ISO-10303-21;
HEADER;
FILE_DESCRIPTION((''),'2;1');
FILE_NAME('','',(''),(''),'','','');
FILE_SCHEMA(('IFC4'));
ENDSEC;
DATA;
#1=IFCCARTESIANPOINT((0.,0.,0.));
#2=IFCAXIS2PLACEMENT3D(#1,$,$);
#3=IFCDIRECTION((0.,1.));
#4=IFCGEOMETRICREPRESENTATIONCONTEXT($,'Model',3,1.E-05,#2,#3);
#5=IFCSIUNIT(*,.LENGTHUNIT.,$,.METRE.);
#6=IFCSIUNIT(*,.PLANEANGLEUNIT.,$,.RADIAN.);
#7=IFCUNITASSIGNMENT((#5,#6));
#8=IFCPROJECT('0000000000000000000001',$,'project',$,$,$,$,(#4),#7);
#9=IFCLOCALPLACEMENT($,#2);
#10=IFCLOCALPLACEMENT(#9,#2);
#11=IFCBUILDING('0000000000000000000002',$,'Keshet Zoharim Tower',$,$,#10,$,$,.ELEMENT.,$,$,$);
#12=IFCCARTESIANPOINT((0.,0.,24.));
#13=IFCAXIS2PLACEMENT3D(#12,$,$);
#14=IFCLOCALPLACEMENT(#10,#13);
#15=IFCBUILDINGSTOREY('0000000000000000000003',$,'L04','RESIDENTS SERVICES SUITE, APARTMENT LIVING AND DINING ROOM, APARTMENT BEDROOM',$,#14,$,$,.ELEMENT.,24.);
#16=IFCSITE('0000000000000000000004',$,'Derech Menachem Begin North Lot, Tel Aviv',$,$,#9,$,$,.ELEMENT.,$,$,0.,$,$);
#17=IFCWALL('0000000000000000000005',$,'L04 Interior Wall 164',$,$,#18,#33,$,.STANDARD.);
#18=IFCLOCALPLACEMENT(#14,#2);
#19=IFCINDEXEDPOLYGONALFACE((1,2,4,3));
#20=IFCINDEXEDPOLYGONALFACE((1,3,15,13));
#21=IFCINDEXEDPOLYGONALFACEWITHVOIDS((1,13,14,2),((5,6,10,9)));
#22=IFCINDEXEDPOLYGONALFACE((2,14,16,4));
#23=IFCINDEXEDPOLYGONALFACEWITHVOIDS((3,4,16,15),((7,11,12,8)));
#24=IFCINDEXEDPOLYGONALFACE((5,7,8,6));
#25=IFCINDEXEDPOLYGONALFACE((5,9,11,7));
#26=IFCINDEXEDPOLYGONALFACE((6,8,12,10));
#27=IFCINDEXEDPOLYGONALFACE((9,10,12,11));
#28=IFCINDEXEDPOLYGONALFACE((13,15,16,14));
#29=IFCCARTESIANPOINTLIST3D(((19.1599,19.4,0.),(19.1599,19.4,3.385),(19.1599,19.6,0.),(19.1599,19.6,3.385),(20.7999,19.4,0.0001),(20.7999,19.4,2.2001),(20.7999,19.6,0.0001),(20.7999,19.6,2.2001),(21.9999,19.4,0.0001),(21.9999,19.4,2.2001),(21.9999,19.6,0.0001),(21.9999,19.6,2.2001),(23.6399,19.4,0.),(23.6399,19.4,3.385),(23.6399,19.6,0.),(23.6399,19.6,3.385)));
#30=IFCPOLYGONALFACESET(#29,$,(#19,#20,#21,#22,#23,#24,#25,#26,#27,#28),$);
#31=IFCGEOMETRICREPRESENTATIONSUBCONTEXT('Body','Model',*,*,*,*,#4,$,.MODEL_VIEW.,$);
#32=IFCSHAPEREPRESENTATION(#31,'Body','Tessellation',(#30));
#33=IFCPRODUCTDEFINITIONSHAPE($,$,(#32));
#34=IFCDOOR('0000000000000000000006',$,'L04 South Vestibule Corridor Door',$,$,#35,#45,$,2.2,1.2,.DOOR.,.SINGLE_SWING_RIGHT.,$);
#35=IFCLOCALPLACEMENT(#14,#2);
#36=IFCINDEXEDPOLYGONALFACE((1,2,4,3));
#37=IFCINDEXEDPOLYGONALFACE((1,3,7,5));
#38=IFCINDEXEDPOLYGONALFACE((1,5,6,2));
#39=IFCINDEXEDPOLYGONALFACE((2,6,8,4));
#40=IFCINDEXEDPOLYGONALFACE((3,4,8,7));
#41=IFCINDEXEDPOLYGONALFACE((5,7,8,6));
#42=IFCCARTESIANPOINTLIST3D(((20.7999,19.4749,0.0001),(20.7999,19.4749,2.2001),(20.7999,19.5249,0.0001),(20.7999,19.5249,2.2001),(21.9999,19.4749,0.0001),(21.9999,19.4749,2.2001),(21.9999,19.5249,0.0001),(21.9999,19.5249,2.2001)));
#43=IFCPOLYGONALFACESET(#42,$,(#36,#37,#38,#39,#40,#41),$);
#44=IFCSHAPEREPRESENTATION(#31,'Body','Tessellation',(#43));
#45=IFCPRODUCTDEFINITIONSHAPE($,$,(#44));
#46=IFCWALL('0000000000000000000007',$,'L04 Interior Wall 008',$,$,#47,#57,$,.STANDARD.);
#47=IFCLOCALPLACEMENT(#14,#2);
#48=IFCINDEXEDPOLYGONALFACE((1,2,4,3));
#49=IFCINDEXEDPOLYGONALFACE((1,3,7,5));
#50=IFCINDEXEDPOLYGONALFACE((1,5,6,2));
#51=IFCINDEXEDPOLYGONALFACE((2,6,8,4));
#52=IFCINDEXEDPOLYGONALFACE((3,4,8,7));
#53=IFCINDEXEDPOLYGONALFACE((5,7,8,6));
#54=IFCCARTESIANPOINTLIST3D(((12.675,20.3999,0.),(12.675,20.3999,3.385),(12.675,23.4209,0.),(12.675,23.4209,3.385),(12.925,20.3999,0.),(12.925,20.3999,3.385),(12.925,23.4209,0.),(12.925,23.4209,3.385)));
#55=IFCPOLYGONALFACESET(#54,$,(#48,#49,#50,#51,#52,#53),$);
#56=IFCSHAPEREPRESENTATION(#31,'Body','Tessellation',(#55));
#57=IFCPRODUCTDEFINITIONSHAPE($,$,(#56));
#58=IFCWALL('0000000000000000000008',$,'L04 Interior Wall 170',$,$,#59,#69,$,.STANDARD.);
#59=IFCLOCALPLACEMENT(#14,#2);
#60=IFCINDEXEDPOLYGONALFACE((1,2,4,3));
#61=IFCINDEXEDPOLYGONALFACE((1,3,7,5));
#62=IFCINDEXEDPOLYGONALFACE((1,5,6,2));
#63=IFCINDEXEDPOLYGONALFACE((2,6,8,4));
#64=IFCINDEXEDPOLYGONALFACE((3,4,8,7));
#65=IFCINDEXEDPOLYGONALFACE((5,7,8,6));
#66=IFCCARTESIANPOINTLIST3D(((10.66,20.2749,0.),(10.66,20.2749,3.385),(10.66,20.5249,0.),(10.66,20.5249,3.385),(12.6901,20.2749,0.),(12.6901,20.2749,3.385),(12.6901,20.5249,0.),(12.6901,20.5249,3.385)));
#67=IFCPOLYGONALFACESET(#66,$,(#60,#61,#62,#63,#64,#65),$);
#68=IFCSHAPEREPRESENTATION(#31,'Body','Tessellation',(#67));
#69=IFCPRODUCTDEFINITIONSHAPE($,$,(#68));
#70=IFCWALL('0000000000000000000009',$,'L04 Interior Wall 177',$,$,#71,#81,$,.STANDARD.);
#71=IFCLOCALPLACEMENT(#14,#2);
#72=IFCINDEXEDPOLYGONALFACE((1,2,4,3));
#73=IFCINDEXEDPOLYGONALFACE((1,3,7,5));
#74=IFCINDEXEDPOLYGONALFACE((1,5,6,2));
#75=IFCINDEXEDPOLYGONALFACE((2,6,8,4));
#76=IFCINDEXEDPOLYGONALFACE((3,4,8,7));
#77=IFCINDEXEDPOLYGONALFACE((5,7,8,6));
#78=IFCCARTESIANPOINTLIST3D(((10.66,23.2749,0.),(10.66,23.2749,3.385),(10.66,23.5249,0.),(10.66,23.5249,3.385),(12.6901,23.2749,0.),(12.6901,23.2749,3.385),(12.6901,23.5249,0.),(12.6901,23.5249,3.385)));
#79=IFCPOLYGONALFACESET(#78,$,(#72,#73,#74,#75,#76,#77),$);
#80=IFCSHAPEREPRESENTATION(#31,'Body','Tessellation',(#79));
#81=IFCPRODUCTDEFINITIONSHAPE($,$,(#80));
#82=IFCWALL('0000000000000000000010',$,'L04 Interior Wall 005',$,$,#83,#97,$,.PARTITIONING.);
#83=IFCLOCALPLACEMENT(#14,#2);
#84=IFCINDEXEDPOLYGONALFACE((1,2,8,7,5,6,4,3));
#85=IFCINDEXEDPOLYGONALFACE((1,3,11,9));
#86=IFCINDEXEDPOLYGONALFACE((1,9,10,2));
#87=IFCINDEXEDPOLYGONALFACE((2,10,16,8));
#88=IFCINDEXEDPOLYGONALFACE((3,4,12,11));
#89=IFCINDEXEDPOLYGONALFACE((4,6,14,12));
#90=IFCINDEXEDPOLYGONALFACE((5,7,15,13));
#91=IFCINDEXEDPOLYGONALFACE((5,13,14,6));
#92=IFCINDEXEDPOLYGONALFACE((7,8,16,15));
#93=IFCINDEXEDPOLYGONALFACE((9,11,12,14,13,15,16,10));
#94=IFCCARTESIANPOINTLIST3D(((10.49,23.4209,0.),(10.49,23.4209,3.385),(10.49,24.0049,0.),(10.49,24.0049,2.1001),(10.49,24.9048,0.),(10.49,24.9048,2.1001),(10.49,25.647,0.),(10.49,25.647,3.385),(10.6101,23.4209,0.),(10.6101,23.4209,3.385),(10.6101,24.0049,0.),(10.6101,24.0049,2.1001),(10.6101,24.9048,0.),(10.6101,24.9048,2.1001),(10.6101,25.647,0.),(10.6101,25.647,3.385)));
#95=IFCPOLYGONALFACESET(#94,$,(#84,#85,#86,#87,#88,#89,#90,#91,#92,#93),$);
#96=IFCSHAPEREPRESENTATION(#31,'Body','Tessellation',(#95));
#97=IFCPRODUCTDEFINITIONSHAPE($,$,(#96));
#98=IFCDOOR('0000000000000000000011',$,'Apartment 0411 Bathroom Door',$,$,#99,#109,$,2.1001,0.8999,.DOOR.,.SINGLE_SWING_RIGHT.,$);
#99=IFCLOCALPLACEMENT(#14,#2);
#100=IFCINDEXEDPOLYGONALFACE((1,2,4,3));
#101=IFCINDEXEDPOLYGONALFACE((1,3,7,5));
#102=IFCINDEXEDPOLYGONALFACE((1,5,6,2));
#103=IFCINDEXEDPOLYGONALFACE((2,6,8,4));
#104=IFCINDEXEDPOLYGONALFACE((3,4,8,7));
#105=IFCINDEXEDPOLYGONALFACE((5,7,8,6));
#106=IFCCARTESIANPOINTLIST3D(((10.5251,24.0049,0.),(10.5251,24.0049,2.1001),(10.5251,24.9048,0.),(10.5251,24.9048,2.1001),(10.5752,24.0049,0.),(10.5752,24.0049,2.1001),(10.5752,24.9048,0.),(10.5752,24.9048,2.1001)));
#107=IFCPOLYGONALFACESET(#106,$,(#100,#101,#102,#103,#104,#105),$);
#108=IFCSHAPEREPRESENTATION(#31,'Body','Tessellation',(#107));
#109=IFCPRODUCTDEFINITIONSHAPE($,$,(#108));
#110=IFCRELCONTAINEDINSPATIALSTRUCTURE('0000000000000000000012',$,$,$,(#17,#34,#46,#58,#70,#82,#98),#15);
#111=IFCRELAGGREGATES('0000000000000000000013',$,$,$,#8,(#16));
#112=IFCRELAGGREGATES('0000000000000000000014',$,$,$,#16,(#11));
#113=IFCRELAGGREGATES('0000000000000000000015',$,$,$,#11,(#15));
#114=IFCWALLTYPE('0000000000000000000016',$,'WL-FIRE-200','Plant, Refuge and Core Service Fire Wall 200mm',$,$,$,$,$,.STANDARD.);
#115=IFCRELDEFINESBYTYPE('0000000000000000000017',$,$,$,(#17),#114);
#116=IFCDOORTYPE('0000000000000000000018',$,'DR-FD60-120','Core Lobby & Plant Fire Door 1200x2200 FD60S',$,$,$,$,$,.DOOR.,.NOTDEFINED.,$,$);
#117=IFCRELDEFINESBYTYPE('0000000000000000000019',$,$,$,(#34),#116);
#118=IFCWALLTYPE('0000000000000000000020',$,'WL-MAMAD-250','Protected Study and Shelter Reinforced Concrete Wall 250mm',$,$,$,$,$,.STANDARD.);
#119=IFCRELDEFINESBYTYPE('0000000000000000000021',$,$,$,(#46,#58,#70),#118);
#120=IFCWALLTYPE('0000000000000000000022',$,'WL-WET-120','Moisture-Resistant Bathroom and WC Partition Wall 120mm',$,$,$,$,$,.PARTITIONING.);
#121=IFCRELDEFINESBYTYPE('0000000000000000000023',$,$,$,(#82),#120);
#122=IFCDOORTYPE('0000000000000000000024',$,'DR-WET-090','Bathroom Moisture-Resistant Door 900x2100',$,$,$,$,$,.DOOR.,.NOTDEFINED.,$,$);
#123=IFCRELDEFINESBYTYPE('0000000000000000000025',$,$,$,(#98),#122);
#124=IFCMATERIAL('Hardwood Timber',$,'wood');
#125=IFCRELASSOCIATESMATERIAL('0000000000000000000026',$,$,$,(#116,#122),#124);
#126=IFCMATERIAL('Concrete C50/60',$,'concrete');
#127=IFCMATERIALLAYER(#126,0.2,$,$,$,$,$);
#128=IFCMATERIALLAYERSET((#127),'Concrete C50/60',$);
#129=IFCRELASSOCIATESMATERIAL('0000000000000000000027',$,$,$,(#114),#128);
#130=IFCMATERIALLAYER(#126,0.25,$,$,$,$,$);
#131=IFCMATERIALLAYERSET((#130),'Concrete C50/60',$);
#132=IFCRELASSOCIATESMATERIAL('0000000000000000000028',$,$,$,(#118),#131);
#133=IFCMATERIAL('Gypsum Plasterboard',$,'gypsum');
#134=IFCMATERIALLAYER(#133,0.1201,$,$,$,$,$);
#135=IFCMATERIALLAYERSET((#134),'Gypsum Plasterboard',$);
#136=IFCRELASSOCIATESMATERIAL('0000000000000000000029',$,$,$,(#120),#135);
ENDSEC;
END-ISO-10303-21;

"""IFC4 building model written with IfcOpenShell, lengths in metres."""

from ifc_helpers import new_model, si_unit, direction, frame, frame_2d, origin, place, context, subcontext, project, spatial, rectangle, extrude, material, layer, layer_set, type_object, element, fill, save


model = new_model("IFC4")

# Units and contexts
model_context = context("Model", 3, precision=1e-05, world=origin(), true_north=direction((0.0, 1.0)))
body_context = subcontext(model_context, "Body", "Model", "MODEL_VIEW")
ifc_project = project(units=[si_unit("LENGTHUNIT", "METRE"), si_unit("PLANEANGLEUNIT", "RADIAN")], contexts=[model_context])

# Site, building, storey
site_placement = place(None, origin())
site = spatial("IfcSite", under=ifc_project, at=site_placement, Name="Derech Menachem Begin North Lot, Tel Aviv", CompositionType="ELEMENT", RefElevation=0.0)
building_placement = place(site_placement, origin())
building = spatial("IfcBuilding", under=site, at=building_placement, Name="Keshet Zoharim Tower", CompositionType="ELEMENT")
storey_placement = place(building_placement, frame((0.0, 0.0, 24.0)))
storey = spatial("IfcBuildingStorey", under=building, at=storey_placement, Name="L04", Description="RESIDENTS SERVICES SUITE, APARTMENT LIVING AND DINING ROOM, APARTMENT BEDROOM", CompositionType="ELEMENT", Elevation=24.0)

# Shared definitions
ifc_material_1 = material(Name="Hardwood Timber", Category="wood")

# Shared definitions
door_type_1 = type_object("IfcDoorType", Name="DR-FD60-120", Description="Core Lobby & Plant Fire Door 1200x2200 FD60S", OperationType="NOTDEFINED", PredefinedType="DOOR", material=ifc_material_1)

# Shared definitions
ifc_material_2 = material(Name="Gypsum Plasterboard", Category="gypsum")

# Wall, opening, door
ifc_material_3 = material(Name="Concrete C50/60", Category="concrete")
ifc_layer_1 = layer(ifc_material_3, 0.2)
ifc_layer_set_1 = layer_set([ifc_layer_1], Name="Concrete C50/60")
wall_type_1 = type_object("IfcWallType", Name="WL-FIRE-200", Description="Plant, Refuge and Core Service Fire Wall 200mm", PredefinedType="STANDARD", material=ifc_layer_set_1)
wall_1_placement = place(storey_placement, frame((19.1599, 19.5, 0.0), z_axis=(0.0, 0.0, 1.0), x_axis=(1.0, 0.0, 0.0)))
wall_1 = element("IfcWall", 1, at=wall_1_placement, inside=storey, type_object=wall_type_1, Name="L04 Interior Wall 164", PredefinedType="STANDARD", context=body_context, shape_type="SweptSolid", body=[
    extrude(rectangle(XDim=4.48, YDim=0.2, at=frame_2d((2.24, 0.0))), origin(), (0.0, 0.0, 1.0), 3.385),
])
opening_1_placement = place(wall_1_placement, frame((1.6399, 0.0, 0.0)))
opening_1 = element("IfcOpeningElement", 2, at=opening_1_placement, cuts=wall_1, PredefinedType="OPENING", context=body_context, shape_type="SweptSolid", body=[
    extrude(rectangle(XDim=1.2, YDim=2.2, at=frame_2d((0.6001, 1.1001))), frame((0.0, 0.1099, 0.0), z_axis=(0.0, -1.0, 0.0), x_axis=(1.0, 0.0, 0.0)), (0.0, 0.0, 1.0), 0.22),
])
door_1_placement = place(opening_1_placement, origin())
door_1 = element("IfcDoor", 3, at=door_1_placement, inside=storey, type_object=door_type_1, Name="L04 South Vestibule Corridor Door", OperationType="SINGLE_SWING_RIGHT", OverallHeight=2.2, OverallWidth=1.2, PredefinedType="DOOR", context=body_context, shape_type="SweptSolid", body=[
    extrude(rectangle(XDim=1.2, YDim=2.2, at=frame_2d((0.6001, 1.1001))), frame((0.0, 0.0249, 0.0), z_axis=(0.0, -1.0, 0.0), x_axis=(1.0, 0.0, 0.0)), (0.0, 0.0, 1.0), 0.05),
])
fill(opening_1, door_1)
ifc_layer_2 = layer(ifc_material_3, 0.25)
ifc_layer_set_2 = layer_set([ifc_layer_2], Name="Concrete C50/60")
wall_type_2 = type_object("IfcWallType", Name="WL-MAMAD-250", Description="Protected Study and Shelter Reinforced Concrete Wall 250mm", PredefinedType="STANDARD", material=ifc_layer_set_2)

# Walls
wall_2_placement = place(storey_placement, frame((12.8, 20.3999, 0.0), z_axis=(0.0, 0.0, 1.0), x_axis=(0.0, 1.0, 0.0)))
element("IfcWall", 4, at=wall_2_placement, inside=storey, type_object=wall_type_2, Name="L04 Interior Wall 008", PredefinedType="STANDARD", context=body_context, shape_type="SweptSolid", body=[
    extrude(rectangle(XDim=3.021, YDim=0.25, at=frame_2d((1.5105, 0.0))), origin(), (0.0, 0.0, 1.0), 3.385),
])
for number, where, z_axis, x_axis, name in (
    (5, (10.6599, 20.3999, 0.0), (0.0, 0.0, 1.0), (1.0, 0.0, 0.0), "L04 Interior Wall 170"),
    (6, (10.6599, 23.3999, 0.0), (0.0, 0.0, 1.0), (1.0, 0.0, 0.0), "L04 Interior Wall 177"),
):
    element("IfcWall", number, at=place(storey_placement, frame(where, z_axis=z_axis, x_axis=x_axis)), inside=storey, type_object=wall_type_2, Name=name, PredefinedType="STANDARD", context=body_context, shape_type="SweptSolid", body=[
        extrude(rectangle(XDim=2.03, YDim=0.25, at=frame_2d((1.0151, 0.0))), origin(), (0.0, 0.0, 1.0), 3.385),
    ])

# Wall, opening, door
ifc_layer_3 = layer(ifc_material_2, 0.1201)
ifc_layer_set_3 = layer_set([ifc_layer_3], Name="Gypsum Plasterboard")
wall_type_3 = type_object("IfcWallType", Name="WL-WET-120", Description="Moisture-Resistant Bathroom and WC Partition Wall 120mm", PredefinedType="PARTITIONING", material=ifc_layer_set_3)
wall_3_placement = place(storey_placement, frame((10.55, 23.4209, 0.0), z_axis=(0.0, 0.0, 1.0), x_axis=(0.0, 1.0, 0.0)))
wall_3 = element("IfcWall", 7, at=wall_3_placement, inside=storey, type_object=wall_type_3, Name="L04 Interior Wall 005", PredefinedType="PARTITIONING", context=body_context, shape_type="SweptSolid", body=[
    extrude(rectangle(XDim=2.2261, YDim=0.1201, at=frame_2d((1.113, 0.0))), origin(), (0.0, 0.0, 1.0), 3.385),
])
opening_2_placement = place(wall_3_placement, frame((0.584, 0.0, 0.0)))
opening_2 = element("IfcOpeningElement", 8, at=opening_2_placement, cuts=wall_3, PredefinedType="OPENING", context=body_context, shape_type="SweptSolid", body=[
    extrude(rectangle(XDim=0.8999, YDim=2.1001, at=frame_2d((0.45, 1.05))), frame((0.0, 0.0701, 0.0), z_axis=(0.0, -1.0, 0.0), x_axis=(1.0, 0.0, 0.0)), (0.0, 0.0, 1.0), 0.1401),
])
door_type_2 = type_object("IfcDoorType", Name="DR-WET-090", Description="Bathroom Moisture-Resistant Door 900x2100", OperationType="NOTDEFINED", PredefinedType="DOOR", material=ifc_material_1)
door_2_placement = place(opening_2_placement, origin())
door_2 = element("IfcDoor", 9, at=door_2_placement, inside=storey, type_object=door_type_2, Name="Apartment 0411 Bathroom Door", OperationType="SINGLE_SWING_RIGHT", OverallHeight=2.1001, OverallWidth=0.8999, PredefinedType="DOOR", context=body_context, shape_type="SweptSolid", body=[
    extrude(rectangle(XDim=0.8999, YDim=2.1001, at=frame_2d((0.45, 1.05))), frame((0.0, 0.0249, 0.0), z_axis=(0.0, -1.0, 0.0), x_axis=(1.0, 0.0, 0.0)), (0.0, 0.0, 1.0), 0.05),
])
fill(opening_2, door_2)

save(model, "model.ifc")
